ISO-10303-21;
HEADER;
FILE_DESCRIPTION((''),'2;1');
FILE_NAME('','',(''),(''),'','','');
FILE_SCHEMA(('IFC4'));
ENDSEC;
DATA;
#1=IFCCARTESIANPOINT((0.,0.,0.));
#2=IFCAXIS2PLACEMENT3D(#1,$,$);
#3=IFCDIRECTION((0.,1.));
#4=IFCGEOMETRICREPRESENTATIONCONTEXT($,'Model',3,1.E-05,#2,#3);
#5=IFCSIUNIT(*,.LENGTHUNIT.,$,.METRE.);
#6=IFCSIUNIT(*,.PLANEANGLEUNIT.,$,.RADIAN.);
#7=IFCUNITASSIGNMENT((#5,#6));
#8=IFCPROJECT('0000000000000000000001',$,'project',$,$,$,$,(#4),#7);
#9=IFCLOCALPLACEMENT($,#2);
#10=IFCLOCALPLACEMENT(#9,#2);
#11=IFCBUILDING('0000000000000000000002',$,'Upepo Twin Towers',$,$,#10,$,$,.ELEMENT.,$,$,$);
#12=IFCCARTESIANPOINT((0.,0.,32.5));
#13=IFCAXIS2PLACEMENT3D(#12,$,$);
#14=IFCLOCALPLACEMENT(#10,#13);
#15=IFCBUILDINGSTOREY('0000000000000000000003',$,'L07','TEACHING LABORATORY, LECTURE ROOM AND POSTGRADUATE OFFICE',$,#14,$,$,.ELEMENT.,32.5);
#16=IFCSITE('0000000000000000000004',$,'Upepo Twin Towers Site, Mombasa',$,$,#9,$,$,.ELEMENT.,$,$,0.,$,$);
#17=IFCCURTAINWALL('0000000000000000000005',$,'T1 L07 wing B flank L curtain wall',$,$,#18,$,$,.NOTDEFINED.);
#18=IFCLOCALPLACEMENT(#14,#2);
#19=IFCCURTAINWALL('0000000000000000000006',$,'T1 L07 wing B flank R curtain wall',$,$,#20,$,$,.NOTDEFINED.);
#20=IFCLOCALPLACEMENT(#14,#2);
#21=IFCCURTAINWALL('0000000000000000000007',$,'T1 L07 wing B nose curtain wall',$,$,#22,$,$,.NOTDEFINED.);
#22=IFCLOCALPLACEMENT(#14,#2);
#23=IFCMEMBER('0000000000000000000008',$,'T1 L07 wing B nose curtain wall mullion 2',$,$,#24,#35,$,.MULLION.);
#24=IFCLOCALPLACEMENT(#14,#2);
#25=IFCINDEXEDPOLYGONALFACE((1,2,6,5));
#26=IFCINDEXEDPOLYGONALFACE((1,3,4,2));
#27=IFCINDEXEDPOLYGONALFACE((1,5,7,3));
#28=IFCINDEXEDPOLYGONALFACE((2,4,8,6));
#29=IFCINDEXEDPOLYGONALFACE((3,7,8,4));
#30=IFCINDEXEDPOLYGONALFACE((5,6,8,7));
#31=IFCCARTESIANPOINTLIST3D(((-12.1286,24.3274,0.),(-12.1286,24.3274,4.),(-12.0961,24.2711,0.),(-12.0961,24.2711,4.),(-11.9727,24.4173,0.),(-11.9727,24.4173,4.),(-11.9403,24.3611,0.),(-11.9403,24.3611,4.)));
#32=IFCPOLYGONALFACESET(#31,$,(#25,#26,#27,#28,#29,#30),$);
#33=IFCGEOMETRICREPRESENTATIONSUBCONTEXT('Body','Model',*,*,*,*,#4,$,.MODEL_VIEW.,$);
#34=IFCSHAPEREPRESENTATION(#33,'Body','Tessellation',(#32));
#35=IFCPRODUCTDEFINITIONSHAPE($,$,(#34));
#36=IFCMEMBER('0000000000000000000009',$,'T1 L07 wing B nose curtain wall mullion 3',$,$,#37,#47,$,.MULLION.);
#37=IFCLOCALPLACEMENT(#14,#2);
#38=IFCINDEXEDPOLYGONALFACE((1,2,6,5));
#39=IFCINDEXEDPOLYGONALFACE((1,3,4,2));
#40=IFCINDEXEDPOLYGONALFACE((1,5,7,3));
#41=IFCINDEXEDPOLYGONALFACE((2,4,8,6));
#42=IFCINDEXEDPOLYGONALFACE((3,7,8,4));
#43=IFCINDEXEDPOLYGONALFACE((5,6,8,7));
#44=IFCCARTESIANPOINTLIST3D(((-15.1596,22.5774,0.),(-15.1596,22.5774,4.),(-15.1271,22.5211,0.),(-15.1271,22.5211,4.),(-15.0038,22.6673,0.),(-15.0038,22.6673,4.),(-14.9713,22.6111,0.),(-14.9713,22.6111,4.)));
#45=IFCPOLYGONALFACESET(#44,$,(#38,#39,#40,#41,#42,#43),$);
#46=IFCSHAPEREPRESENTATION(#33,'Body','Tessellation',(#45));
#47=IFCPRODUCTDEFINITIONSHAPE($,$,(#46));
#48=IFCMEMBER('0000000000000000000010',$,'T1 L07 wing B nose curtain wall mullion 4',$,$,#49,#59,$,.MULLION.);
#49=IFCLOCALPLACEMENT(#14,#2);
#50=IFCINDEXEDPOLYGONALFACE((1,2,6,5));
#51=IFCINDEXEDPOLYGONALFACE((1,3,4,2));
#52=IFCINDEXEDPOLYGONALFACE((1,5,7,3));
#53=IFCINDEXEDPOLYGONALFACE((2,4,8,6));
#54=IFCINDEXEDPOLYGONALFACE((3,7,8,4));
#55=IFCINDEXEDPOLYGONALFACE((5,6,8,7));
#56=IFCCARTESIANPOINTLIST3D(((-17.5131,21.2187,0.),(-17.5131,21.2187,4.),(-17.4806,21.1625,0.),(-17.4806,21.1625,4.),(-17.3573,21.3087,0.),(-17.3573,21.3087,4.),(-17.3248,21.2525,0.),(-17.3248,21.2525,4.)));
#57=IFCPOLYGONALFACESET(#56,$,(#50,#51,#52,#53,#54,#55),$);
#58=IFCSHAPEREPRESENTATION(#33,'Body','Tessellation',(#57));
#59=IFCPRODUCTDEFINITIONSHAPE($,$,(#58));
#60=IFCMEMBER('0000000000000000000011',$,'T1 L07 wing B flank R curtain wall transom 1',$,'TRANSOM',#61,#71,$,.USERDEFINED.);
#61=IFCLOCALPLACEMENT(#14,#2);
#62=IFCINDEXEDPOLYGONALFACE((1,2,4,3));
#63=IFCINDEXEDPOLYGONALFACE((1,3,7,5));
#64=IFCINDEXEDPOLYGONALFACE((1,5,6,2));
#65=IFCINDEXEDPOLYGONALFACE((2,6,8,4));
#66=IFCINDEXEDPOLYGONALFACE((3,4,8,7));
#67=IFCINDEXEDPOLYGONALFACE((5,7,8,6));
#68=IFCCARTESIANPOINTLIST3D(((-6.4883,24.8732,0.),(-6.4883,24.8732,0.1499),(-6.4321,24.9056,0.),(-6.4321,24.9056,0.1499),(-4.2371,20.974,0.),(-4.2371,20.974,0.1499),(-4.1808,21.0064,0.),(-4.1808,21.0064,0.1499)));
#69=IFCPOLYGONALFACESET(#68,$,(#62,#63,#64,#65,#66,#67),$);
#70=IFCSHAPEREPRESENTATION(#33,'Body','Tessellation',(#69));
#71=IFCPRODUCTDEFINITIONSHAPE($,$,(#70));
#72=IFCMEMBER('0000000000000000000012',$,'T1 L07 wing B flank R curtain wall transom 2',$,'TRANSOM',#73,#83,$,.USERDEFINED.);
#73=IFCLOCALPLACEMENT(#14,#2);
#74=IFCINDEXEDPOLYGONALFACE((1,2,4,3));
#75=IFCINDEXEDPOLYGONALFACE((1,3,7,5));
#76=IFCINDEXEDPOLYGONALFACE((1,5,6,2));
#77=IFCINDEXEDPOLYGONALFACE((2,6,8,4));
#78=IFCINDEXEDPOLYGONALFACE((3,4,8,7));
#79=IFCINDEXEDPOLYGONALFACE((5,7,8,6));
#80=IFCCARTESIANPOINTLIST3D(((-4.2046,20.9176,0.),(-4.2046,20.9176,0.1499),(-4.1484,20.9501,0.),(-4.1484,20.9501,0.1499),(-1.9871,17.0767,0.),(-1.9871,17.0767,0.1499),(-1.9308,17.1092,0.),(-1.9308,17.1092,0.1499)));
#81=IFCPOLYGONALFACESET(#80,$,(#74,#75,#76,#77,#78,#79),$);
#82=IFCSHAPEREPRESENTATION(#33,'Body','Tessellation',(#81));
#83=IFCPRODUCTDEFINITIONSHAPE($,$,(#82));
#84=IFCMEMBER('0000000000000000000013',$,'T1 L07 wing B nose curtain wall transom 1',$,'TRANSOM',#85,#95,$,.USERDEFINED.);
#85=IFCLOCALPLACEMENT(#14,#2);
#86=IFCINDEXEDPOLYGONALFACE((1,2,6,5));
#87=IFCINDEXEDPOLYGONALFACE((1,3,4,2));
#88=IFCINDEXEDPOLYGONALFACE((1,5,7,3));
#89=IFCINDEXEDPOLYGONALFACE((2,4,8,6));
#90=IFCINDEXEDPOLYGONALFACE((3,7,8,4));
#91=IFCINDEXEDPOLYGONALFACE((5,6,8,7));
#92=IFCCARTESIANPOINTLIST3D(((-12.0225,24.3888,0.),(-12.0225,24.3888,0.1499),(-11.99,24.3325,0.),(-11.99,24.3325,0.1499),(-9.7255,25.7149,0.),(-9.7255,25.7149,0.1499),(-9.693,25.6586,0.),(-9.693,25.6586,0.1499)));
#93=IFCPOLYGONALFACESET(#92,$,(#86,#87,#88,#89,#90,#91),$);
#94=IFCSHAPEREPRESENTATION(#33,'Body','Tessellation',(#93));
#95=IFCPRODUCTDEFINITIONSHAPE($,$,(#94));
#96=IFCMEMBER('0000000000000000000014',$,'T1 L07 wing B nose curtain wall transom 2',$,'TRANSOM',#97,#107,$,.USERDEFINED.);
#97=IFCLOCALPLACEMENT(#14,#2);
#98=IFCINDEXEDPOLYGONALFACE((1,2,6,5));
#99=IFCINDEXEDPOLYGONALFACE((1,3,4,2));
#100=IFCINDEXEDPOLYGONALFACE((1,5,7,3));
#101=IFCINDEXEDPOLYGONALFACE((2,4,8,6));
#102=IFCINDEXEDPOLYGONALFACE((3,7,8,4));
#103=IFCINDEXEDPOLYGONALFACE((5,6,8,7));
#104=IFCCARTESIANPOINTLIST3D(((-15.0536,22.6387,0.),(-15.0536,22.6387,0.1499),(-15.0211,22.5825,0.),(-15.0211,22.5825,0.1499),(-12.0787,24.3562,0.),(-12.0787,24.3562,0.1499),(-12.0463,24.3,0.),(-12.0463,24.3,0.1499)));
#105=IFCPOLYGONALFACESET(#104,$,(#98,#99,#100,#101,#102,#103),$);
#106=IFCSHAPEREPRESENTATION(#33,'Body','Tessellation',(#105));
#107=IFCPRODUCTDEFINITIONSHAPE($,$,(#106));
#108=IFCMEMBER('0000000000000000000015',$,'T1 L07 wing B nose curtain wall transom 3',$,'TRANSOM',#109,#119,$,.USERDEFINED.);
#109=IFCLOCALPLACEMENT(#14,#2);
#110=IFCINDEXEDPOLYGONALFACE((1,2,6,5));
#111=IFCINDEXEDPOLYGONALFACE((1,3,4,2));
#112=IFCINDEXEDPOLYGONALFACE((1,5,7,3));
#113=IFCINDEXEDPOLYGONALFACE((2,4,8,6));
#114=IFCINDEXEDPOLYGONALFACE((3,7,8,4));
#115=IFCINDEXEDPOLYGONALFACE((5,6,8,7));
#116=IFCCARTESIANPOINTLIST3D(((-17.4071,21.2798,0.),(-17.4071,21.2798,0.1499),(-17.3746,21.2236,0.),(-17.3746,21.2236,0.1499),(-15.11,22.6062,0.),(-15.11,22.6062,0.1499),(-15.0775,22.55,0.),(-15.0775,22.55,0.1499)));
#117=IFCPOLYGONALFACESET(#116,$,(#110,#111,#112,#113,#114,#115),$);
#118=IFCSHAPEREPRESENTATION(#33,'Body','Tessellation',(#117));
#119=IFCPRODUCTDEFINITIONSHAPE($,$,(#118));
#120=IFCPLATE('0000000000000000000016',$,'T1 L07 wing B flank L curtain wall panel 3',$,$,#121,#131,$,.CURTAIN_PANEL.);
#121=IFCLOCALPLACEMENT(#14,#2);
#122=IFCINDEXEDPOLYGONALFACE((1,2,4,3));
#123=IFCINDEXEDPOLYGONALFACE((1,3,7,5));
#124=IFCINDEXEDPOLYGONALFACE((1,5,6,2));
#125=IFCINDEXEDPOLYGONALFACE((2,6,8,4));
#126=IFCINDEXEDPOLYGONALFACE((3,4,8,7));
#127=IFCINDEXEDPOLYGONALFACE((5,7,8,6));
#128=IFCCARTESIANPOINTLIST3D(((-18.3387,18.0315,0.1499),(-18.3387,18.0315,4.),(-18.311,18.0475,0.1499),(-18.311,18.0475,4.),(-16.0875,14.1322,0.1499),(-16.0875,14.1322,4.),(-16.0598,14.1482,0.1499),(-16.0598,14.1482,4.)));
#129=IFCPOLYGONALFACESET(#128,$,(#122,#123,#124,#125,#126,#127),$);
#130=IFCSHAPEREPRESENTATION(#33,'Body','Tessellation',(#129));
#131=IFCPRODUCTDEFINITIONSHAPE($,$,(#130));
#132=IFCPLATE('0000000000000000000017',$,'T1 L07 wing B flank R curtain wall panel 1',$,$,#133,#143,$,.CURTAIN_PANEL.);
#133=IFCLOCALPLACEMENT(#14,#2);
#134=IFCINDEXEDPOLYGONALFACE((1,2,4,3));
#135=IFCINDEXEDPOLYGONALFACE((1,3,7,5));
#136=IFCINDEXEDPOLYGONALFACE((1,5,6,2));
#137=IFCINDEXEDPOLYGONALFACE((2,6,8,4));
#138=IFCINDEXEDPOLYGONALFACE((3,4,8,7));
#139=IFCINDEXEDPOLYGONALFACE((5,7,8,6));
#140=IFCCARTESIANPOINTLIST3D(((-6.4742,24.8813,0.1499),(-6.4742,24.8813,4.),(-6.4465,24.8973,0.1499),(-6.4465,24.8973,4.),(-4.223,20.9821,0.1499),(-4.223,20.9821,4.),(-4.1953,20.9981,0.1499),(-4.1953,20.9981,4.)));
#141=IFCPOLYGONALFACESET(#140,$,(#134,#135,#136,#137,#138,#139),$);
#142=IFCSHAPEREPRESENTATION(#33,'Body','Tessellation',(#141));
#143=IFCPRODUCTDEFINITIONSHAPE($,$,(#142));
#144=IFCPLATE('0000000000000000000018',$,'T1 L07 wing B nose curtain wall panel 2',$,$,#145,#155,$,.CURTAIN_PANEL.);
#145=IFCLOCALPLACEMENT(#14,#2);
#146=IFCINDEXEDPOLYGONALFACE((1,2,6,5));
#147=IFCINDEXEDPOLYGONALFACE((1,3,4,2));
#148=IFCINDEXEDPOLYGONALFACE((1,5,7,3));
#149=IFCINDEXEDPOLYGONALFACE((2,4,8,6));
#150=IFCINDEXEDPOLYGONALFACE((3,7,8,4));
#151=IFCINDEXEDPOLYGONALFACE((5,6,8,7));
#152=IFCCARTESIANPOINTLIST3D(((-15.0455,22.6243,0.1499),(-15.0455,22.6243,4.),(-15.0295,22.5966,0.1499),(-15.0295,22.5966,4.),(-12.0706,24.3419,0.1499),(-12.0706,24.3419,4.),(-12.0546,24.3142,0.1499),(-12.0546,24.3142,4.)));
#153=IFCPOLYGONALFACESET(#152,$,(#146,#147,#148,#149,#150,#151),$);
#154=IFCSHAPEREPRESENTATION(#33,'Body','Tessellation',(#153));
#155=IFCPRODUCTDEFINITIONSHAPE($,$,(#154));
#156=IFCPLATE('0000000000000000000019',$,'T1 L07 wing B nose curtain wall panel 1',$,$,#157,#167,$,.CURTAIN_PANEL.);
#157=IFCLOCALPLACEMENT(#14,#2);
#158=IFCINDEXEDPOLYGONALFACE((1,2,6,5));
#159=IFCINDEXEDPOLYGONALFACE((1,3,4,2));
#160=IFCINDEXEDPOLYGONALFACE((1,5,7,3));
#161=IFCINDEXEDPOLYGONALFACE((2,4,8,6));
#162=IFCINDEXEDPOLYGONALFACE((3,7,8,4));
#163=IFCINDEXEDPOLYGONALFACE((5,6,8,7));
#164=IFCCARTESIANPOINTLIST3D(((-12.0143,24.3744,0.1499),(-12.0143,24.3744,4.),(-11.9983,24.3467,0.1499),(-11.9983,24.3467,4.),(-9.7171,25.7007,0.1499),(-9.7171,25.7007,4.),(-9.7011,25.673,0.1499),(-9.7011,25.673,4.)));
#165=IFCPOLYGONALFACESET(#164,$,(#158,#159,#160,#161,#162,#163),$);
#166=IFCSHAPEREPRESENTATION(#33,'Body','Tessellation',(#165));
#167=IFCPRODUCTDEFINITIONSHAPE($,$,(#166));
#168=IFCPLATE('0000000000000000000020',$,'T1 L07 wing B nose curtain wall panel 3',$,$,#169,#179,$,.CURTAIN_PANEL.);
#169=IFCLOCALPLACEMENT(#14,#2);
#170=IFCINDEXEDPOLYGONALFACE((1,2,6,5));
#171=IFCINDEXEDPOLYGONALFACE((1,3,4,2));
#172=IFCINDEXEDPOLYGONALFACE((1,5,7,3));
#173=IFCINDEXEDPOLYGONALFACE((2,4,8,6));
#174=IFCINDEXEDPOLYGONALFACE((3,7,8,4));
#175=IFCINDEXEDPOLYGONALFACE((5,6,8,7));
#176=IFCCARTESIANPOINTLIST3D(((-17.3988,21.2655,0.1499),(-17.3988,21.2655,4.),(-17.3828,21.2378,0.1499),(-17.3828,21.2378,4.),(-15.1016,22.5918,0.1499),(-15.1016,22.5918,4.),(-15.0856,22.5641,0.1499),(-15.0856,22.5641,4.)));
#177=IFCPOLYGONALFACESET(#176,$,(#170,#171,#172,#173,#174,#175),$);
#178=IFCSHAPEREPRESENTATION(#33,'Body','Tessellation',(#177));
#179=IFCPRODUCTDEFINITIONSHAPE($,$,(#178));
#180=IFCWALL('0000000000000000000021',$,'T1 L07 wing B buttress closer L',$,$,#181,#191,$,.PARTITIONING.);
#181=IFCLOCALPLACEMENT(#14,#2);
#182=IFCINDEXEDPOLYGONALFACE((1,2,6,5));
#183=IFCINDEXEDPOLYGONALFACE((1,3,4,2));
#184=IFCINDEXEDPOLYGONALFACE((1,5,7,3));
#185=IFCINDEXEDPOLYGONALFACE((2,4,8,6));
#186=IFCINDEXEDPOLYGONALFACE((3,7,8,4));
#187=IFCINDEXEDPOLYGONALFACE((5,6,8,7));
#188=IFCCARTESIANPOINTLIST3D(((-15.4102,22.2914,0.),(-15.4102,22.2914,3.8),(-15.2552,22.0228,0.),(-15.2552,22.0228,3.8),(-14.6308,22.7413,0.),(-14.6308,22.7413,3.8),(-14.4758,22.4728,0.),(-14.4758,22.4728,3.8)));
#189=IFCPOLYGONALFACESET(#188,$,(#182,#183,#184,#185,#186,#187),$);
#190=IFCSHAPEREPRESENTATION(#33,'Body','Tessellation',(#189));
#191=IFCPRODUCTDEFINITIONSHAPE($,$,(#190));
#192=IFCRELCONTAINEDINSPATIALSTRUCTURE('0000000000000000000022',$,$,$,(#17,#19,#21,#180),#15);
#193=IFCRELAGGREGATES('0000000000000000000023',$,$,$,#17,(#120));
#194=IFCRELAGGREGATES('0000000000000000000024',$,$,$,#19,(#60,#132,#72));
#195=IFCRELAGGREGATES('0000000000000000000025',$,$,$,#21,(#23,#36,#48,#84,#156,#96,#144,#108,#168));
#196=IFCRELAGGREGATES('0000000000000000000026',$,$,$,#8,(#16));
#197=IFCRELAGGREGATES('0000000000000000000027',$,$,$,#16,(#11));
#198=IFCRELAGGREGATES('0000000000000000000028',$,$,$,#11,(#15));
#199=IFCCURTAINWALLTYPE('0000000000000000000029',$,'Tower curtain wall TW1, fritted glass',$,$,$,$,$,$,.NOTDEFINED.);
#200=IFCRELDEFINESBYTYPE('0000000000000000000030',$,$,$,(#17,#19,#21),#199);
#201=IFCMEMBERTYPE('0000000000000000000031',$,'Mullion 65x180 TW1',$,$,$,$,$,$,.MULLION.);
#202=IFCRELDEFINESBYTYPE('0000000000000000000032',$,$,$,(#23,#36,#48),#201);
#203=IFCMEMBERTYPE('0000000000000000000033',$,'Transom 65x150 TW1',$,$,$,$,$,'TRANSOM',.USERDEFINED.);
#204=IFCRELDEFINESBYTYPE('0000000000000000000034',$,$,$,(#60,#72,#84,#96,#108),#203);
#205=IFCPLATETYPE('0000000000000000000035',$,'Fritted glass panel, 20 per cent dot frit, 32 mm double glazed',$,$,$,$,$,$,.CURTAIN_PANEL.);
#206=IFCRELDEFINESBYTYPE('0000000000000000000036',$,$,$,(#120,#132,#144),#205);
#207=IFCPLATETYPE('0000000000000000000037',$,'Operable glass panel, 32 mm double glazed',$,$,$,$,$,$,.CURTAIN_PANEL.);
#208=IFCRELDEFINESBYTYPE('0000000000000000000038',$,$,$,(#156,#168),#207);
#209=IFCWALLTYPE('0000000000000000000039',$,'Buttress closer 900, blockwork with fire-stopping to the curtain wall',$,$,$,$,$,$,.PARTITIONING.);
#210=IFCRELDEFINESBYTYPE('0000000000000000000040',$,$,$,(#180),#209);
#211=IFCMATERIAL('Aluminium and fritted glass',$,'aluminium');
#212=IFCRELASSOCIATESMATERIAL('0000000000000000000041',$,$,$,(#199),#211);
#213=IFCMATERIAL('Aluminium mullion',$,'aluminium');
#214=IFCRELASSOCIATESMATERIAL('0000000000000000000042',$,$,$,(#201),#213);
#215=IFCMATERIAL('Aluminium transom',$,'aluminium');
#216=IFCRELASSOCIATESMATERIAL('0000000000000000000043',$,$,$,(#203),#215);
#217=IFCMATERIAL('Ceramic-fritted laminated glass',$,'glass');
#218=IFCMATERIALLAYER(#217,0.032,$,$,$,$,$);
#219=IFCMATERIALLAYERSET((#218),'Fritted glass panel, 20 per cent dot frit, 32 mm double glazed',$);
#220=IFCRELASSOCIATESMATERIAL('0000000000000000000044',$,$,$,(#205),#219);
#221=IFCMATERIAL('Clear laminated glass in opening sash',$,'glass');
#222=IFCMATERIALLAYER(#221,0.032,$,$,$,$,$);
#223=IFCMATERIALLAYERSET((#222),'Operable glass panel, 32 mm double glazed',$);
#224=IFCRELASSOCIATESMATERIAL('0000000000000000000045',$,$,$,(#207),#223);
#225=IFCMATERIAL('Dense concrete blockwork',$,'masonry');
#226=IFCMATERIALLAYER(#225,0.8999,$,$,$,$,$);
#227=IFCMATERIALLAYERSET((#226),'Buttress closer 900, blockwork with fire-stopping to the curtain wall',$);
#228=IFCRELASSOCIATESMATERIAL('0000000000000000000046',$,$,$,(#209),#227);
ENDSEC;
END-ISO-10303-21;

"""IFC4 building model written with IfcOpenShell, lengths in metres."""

from ifc_helpers import new_model, si_unit, direction, frame, frame_2d, origin, origin_2d, place, context, subcontext, project, spatial, rectangle, extrude, material, layer, layer_set, material_profile, profile_set, type_object, element, aggregate, save


model = new_model("IFC4")

# Units and contexts
model_context = context("Model", 3, precision=1e-05, world=origin(), true_north=direction((0.0, 1.0)))
body_context = subcontext(model_context, "Body", "Model", "MODEL_VIEW")
ifc_project = project(units=[si_unit("LENGTHUNIT", "METRE"), si_unit("PLANEANGLEUNIT", "RADIAN")], contexts=[model_context])

# Site, building, storey
site_placement = place(None, origin())
site = spatial("IfcSite", under=ifc_project, at=site_placement, Name="Upepo Twin Towers Site, Mombasa", CompositionType="ELEMENT", RefElevation=0.0)
building_placement = place(site_placement, origin())
building = spatial("IfcBuilding", under=site, at=building_placement, Name="Upepo Twin Towers", CompositionType="ELEMENT")
storey_placement = place(building_placement, frame((0.0, 0.0, 32.5)))
storey = spatial("IfcBuildingStorey", under=building, at=storey_placement, Name="L07", Description="TEACHING LABORATORY, LECTURE ROOM AND POSTGRADUATE OFFICE", CompositionType="ELEMENT", Elevation=32.5)

# Curtain wall
ifc_material_1 = material(Name="Aluminium and fritted glass", Category="aluminium")
curtain_wall_type = type_object("IfcCurtainWallType", Name="Tower curtain wall TW1, fritted glass", PredefinedType="NOTDEFINED", material=ifc_material_1)
curtain_wall_1_placement = place(storey_placement, origin())
curtain_wall_1 = element("IfcCurtainWall", 1, at=curtain_wall_1_placement, inside=storey, type_object=curtain_wall_type, Name="T1 L07 wing B flank L curtain wall", PredefinedType="NOTDEFINED")
ifc_material_2 = material(Name="Aluminium mullion", Category="aluminium")
ifc_material_profile_1 = material_profile(ifc_material_2, rectangle(XDim=0.0649, YDim=0.1799, at=origin_2d()), Name="MULLION 65x180")
ifc_profile_set_1 = profile_set([ifc_material_profile_1], Name="Aluminium mullion")
member_type_1 = type_object("IfcMemberType", Name="Mullion 65x180 TW1", PredefinedType="MULLION", material=ifc_profile_set_1)

# Curtain walls, members
curtain_wall_2_placement = place(storey_placement, origin())
curtain_wall_2 = element("IfcCurtainWall", 2, at=curtain_wall_2_placement, inside=storey, type_object=curtain_wall_type, Name="T1 L07 wing B flank R curtain wall", PredefinedType="NOTDEFINED")
curtain_wall_3_placement = place(storey_placement, origin())
curtain_wall_3 = element("IfcCurtainWall", 3, at=curtain_wall_3_placement, inside=storey, type_object=curtain_wall_type, Name="T1 L07 wing B nose curtain wall", PredefinedType="NOTDEFINED")
member_1_placement = place(storey_placement, frame((-12.0344, 24.3442, 0.0), z_axis=(0.0, 0.0, 1.0), x_axis=(0.5, -0.866025, 0.0)))
member_1 = element("IfcMember", 4, at=member_1_placement, type_object=member_type_1, Name="T1 L07 wing B nose curtain wall mullion 2", PredefinedType="MULLION", context=body_context, shape_type="SweptSolid", body=[
    extrude(rectangle(XDim=0.0649, YDim=0.1799, at=origin_2d()), origin(), (0.0, 0.0, 1.0), 4.0),
])
member_2_placement = place(storey_placement, frame((-15.0654, 22.5942, 0.0), z_axis=(0.0, 0.0, 1.0), x_axis=(0.5, -0.866025, 0.0)))
member_2 = element("IfcMember", 5, at=member_2_placement, type_object=member_type_1, Name="T1 L07 wing B nose curtain wall mullion 3", PredefinedType="MULLION", context=body_context, shape_type="SweptSolid", body=[
    extrude(rectangle(XDim=0.0649, YDim=0.1799, at=origin_2d()), origin(), (0.0, 0.0, 1.0), 4.0),
])
member_3_placement = place(storey_placement, frame((-17.4189, 21.2356, 0.0), z_axis=(0.0, 0.0, 1.0), x_axis=(0.5, -0.866025, 0.0)))
member_3 = element("IfcMember", 6, at=member_3_placement, type_object=member_type_1, Name="T1 L07 wing B nose curtain wall mullion 4", PredefinedType="MULLION", context=body_context, shape_type="SweptSolid", body=[
    extrude(rectangle(XDim=0.0649, YDim=0.1799, at=origin_2d()), origin(), (0.0, 0.0, 1.0), 4.0),
])

# Members
ifc_material_3 = material(Name="Aluminium transom", Category="aluminium")
ifc_material_profile_2 = material_profile(ifc_material_3, rectangle(XDim=0.0649, YDim=0.1499, at=origin_2d()), Name="TRANSOM 65x150")
ifc_profile_set_2 = profile_set([ifc_material_profile_2], Name="Aluminium transom")
member_type_2 = type_object("IfcMemberType", Name="Transom 65x150 TW1", ElementType="TRANSOM", PredefinedType="USERDEFINED", material=ifc_profile_set_2)
member_4_placement = place(storey_placement, frame((-6.4602, 24.8894, 0.075), z_axis=(0.500006, -0.866022, 0.0), x_axis=(0.866022, 0.500006, 0.0)))
member_4 = element("IfcMember", 7, at=member_4_placement, type_object=member_type_2, Name="T1 L07 wing B flank R curtain wall transom 1", ObjectType="TRANSOM", PredefinedType="USERDEFINED", context=body_context, shape_type="SweptSolid", body=[
    extrude(rectangle(XDim=0.0649, YDim=0.1499, at=origin_2d()), origin(), (0.0, 0.0, 1.0), 4.5024),
])
member_5_placement = place(storey_placement, frame((-4.1765, 20.9338, 0.075), z_axis=(0.500005, -0.866022, 0.0), x_axis=(0.866022, 0.500005, 0.0)))
member_5 = element("IfcMember", 8, at=member_5_placement, type_object=member_type_2, Name="T1 L07 wing B flank R curtain wall transom 2", ObjectType="TRANSOM", PredefinedType="USERDEFINED", context=body_context, shape_type="SweptSolid", body=[
    extrude(rectangle(XDim=0.0649, YDim=0.1499, at=origin_2d()), origin(), (0.0, 0.0, 1.0), 4.4351),
])
member_6_placement = place(storey_placement, frame((-9.7092, 25.6868, 0.075), z_axis=(-0.866037, -0.49998, 0.0), x_axis=(0.49998, -0.866037, 0.0)))
member_6 = element("IfcMember", 9, at=member_6_placement, type_object=member_type_2, Name="T1 L07 wing B nose curtain wall transom 1", ObjectType="TRANSOM", PredefinedType="USERDEFINED", context=body_context, shape_type="SweptSolid", body=[
    extrude(rectangle(XDim=0.0649, YDim=0.1499, at=origin_2d()), origin(), (0.0, 0.0, 1.0), 2.6523),
])
member_7_placement = place(storey_placement, frame((-12.0625, 24.3281, 0.075), z_axis=(-0.866026, -0.499999, 0.0), x_axis=(0.499999, -0.866026, 0.0)))
member_7 = element("IfcMember", 10, at=member_7_placement, type_object=member_type_2, Name="T1 L07 wing B nose curtain wall transom 2", ObjectType="TRANSOM", PredefinedType="USERDEFINED", context=body_context, shape_type="SweptSolid", body=[
    extrude(rectangle(XDim=0.0649, YDim=0.1499, at=origin_2d()), origin(), (0.0, 0.0, 1.0), 3.4351),
])
member_8_placement = place(storey_placement, frame((-15.0938, 22.5781, 0.075), z_axis=(-0.865997, -0.500049, 0.0), x_axis=(0.500049, -0.865997, 0.0)))
member_8 = element("IfcMember", 11, at=member_8_placement, type_object=member_type_2, Name="T1 L07 wing B nose curtain wall transom 3", ObjectType="TRANSOM", PredefinedType="USERDEFINED", context=body_context, shape_type="SweptSolid", body=[
    extrude(rectangle(XDim=0.0649, YDim=0.1499, at=origin_2d()), origin(), (0.0, 0.0, 1.0), 2.6526),
])

# Plates
ifc_material_4 = material(Name="Ceramic-fritted laminated glass", Category="glass")
ifc_layer_1 = layer(ifc_material_4, 0.032)
ifc_layer_set_1 = layer_set([ifc_layer_1], Name="Fritted glass panel, 20 per cent dot frit, 32 mm double glazed")
plate_type_1 = type_object("IfcPlateType", Name="Fritted glass panel, 20 per cent dot frit, 32 mm double glazed", PredefinedType="CURTAIN_PANEL", material=ifc_layer_set_1)
plate_1_placement = place(storey_placement, frame((-17.1992, 16.0898, 0.1499), z_axis=(0.0, 0.0, 1.0), x_axis=(-0.5, 0.866025, 0.0)))
plate_1 = element("IfcPlate", 12, at=plate_1_placement, type_object=plate_type_1, Name="T1 L07 wing B flank L curtain wall panel 3", PredefinedType="CURTAIN_PANEL", context=body_context, shape_type="SweptSolid", body=[
    extrude(rectangle(XDim=4.5024, YDim=0.032, at=origin_2d()), origin(), (0.0, 0.0, 1.0), 3.8501),
])
aggregate(curtain_wall_1, [plate_1])
plate_2_placement = place(storey_placement, frame((-5.3347, 22.9397, 0.1499), z_axis=(0.0, 0.0, 1.0), x_axis=(0.5, -0.866025, 0.0)))
plate_2 = element("IfcPlate", 13, at=plate_2_placement, type_object=plate_type_1, Name="T1 L07 wing B flank R curtain wall panel 1", PredefinedType="CURTAIN_PANEL", context=body_context, shape_type="SweptSolid", body=[
    extrude(rectangle(XDim=4.5024, YDim=0.032, at=origin_2d()), origin(), (0.0, 0.0, 1.0), 3.8501),
])
aggregate(curtain_wall_2, [member_4, plate_2, member_5])
plate_3_placement = place(storey_placement, frame((-13.55, 23.4692, 0.1499), z_axis=(0.0, 0.0, 1.0), x_axis=(-0.866025, -0.5, 0.0)))
plate_3 = element("IfcPlate", 14, at=plate_3_placement, type_object=plate_type_1, Name="T1 L07 wing B nose curtain wall panel 2", PredefinedType="CURTAIN_PANEL", context=body_context, shape_type="SweptSolid", body=[
    extrude(rectangle(XDim=3.4351, YDim=0.032, at=origin_2d()), origin(), (0.0, 0.0, 1.0), 3.8501),
])
ifc_material_5 = material(Name="Clear laminated glass in opening sash", Category="glass")
ifc_layer_2 = layer(ifc_material_5, 0.032)
ifc_layer_set_2 = layer_set([ifc_layer_2], Name="Operable glass panel, 32 mm double glazed")
plate_type_2 = type_object("IfcPlateType", Name="Operable glass panel, 32 mm double glazed", PredefinedType="CURTAIN_PANEL", material=ifc_layer_set_2)
plate_4_placement = place(storey_placement, frame((-10.8577, 25.0237, 0.1499), z_axis=(0.0, 0.0, 1.0), x_axis=(-0.866025, -0.5, 0.0)))
plate_4 = element("IfcPlate", 15, at=plate_4_placement, type_object=plate_type_2, Name="T1 L07 wing B nose curtain wall panel 1", PredefinedType="CURTAIN_PANEL", context=body_context, shape_type="SweptSolid", body=[
    extrude(rectangle(XDim=2.6526, YDim=0.032, at=origin_2d()), origin(), (0.0, 0.0, 1.0), 3.8501),
])
plate_5_placement = place(storey_placement, frame((-16.2422, 21.9148, 0.1499), z_axis=(0.0, 0.0, 1.0), x_axis=(-0.866025, -0.5, 0.0)))
plate_5 = element("IfcPlate", 16, at=plate_5_placement, type_object=plate_type_2, Name="T1 L07 wing B nose curtain wall panel 3", PredefinedType="CURTAIN_PANEL", context=body_context, shape_type="SweptSolid", body=[
    extrude(rectangle(XDim=2.6526, YDim=0.032, at=origin_2d()), origin(), (0.0, 0.0, 1.0), 3.8501),
])
aggregate(curtain_wall_3, [member_1, member_2, member_3, member_6, plate_4, member_7, plate_3, member_8, plate_5])

# Wall
ifc_material_6 = material(Name="Dense concrete blockwork", Category="masonry")
ifc_layer_3 = layer(ifc_material_6, 0.8999)
ifc_layer_set_3 = layer_set([ifc_layer_3], Name="Buttress closer 900, blockwork with fire-stopping to the curtain wall")
wall_type_1 = type_object("IfcWallType", Name="Buttress closer 900, blockwork with fire-stopping to the curtain wall", PredefinedType="PARTITIONING", material=ifc_layer_set_3)
for number, where, z_axis, x_axis, name in (
    (17, (-14.8655, 22.2478, 0.0), (0.0, 0.0, 1.0), (-0.49995, 0.866054, 0.0), "T1 L07 wing B buttress closer L"),
):
    element("IfcWall", number, at=place(storey_placement, frame(where, z_axis=z_axis, x_axis=x_axis)), inside=storey, type_object=wall_type_1, Name=name, PredefinedType="PARTITIONING", context=body_context, shape_type="SweptSolid", body=[
        extrude(rectangle(XDim=0.3101, YDim=0.8999, at=frame_2d((0.155, 0.0))), origin(), (0.0, 0.0, 1.0), 3.8),
    ])

save(model, "model.ifc")
